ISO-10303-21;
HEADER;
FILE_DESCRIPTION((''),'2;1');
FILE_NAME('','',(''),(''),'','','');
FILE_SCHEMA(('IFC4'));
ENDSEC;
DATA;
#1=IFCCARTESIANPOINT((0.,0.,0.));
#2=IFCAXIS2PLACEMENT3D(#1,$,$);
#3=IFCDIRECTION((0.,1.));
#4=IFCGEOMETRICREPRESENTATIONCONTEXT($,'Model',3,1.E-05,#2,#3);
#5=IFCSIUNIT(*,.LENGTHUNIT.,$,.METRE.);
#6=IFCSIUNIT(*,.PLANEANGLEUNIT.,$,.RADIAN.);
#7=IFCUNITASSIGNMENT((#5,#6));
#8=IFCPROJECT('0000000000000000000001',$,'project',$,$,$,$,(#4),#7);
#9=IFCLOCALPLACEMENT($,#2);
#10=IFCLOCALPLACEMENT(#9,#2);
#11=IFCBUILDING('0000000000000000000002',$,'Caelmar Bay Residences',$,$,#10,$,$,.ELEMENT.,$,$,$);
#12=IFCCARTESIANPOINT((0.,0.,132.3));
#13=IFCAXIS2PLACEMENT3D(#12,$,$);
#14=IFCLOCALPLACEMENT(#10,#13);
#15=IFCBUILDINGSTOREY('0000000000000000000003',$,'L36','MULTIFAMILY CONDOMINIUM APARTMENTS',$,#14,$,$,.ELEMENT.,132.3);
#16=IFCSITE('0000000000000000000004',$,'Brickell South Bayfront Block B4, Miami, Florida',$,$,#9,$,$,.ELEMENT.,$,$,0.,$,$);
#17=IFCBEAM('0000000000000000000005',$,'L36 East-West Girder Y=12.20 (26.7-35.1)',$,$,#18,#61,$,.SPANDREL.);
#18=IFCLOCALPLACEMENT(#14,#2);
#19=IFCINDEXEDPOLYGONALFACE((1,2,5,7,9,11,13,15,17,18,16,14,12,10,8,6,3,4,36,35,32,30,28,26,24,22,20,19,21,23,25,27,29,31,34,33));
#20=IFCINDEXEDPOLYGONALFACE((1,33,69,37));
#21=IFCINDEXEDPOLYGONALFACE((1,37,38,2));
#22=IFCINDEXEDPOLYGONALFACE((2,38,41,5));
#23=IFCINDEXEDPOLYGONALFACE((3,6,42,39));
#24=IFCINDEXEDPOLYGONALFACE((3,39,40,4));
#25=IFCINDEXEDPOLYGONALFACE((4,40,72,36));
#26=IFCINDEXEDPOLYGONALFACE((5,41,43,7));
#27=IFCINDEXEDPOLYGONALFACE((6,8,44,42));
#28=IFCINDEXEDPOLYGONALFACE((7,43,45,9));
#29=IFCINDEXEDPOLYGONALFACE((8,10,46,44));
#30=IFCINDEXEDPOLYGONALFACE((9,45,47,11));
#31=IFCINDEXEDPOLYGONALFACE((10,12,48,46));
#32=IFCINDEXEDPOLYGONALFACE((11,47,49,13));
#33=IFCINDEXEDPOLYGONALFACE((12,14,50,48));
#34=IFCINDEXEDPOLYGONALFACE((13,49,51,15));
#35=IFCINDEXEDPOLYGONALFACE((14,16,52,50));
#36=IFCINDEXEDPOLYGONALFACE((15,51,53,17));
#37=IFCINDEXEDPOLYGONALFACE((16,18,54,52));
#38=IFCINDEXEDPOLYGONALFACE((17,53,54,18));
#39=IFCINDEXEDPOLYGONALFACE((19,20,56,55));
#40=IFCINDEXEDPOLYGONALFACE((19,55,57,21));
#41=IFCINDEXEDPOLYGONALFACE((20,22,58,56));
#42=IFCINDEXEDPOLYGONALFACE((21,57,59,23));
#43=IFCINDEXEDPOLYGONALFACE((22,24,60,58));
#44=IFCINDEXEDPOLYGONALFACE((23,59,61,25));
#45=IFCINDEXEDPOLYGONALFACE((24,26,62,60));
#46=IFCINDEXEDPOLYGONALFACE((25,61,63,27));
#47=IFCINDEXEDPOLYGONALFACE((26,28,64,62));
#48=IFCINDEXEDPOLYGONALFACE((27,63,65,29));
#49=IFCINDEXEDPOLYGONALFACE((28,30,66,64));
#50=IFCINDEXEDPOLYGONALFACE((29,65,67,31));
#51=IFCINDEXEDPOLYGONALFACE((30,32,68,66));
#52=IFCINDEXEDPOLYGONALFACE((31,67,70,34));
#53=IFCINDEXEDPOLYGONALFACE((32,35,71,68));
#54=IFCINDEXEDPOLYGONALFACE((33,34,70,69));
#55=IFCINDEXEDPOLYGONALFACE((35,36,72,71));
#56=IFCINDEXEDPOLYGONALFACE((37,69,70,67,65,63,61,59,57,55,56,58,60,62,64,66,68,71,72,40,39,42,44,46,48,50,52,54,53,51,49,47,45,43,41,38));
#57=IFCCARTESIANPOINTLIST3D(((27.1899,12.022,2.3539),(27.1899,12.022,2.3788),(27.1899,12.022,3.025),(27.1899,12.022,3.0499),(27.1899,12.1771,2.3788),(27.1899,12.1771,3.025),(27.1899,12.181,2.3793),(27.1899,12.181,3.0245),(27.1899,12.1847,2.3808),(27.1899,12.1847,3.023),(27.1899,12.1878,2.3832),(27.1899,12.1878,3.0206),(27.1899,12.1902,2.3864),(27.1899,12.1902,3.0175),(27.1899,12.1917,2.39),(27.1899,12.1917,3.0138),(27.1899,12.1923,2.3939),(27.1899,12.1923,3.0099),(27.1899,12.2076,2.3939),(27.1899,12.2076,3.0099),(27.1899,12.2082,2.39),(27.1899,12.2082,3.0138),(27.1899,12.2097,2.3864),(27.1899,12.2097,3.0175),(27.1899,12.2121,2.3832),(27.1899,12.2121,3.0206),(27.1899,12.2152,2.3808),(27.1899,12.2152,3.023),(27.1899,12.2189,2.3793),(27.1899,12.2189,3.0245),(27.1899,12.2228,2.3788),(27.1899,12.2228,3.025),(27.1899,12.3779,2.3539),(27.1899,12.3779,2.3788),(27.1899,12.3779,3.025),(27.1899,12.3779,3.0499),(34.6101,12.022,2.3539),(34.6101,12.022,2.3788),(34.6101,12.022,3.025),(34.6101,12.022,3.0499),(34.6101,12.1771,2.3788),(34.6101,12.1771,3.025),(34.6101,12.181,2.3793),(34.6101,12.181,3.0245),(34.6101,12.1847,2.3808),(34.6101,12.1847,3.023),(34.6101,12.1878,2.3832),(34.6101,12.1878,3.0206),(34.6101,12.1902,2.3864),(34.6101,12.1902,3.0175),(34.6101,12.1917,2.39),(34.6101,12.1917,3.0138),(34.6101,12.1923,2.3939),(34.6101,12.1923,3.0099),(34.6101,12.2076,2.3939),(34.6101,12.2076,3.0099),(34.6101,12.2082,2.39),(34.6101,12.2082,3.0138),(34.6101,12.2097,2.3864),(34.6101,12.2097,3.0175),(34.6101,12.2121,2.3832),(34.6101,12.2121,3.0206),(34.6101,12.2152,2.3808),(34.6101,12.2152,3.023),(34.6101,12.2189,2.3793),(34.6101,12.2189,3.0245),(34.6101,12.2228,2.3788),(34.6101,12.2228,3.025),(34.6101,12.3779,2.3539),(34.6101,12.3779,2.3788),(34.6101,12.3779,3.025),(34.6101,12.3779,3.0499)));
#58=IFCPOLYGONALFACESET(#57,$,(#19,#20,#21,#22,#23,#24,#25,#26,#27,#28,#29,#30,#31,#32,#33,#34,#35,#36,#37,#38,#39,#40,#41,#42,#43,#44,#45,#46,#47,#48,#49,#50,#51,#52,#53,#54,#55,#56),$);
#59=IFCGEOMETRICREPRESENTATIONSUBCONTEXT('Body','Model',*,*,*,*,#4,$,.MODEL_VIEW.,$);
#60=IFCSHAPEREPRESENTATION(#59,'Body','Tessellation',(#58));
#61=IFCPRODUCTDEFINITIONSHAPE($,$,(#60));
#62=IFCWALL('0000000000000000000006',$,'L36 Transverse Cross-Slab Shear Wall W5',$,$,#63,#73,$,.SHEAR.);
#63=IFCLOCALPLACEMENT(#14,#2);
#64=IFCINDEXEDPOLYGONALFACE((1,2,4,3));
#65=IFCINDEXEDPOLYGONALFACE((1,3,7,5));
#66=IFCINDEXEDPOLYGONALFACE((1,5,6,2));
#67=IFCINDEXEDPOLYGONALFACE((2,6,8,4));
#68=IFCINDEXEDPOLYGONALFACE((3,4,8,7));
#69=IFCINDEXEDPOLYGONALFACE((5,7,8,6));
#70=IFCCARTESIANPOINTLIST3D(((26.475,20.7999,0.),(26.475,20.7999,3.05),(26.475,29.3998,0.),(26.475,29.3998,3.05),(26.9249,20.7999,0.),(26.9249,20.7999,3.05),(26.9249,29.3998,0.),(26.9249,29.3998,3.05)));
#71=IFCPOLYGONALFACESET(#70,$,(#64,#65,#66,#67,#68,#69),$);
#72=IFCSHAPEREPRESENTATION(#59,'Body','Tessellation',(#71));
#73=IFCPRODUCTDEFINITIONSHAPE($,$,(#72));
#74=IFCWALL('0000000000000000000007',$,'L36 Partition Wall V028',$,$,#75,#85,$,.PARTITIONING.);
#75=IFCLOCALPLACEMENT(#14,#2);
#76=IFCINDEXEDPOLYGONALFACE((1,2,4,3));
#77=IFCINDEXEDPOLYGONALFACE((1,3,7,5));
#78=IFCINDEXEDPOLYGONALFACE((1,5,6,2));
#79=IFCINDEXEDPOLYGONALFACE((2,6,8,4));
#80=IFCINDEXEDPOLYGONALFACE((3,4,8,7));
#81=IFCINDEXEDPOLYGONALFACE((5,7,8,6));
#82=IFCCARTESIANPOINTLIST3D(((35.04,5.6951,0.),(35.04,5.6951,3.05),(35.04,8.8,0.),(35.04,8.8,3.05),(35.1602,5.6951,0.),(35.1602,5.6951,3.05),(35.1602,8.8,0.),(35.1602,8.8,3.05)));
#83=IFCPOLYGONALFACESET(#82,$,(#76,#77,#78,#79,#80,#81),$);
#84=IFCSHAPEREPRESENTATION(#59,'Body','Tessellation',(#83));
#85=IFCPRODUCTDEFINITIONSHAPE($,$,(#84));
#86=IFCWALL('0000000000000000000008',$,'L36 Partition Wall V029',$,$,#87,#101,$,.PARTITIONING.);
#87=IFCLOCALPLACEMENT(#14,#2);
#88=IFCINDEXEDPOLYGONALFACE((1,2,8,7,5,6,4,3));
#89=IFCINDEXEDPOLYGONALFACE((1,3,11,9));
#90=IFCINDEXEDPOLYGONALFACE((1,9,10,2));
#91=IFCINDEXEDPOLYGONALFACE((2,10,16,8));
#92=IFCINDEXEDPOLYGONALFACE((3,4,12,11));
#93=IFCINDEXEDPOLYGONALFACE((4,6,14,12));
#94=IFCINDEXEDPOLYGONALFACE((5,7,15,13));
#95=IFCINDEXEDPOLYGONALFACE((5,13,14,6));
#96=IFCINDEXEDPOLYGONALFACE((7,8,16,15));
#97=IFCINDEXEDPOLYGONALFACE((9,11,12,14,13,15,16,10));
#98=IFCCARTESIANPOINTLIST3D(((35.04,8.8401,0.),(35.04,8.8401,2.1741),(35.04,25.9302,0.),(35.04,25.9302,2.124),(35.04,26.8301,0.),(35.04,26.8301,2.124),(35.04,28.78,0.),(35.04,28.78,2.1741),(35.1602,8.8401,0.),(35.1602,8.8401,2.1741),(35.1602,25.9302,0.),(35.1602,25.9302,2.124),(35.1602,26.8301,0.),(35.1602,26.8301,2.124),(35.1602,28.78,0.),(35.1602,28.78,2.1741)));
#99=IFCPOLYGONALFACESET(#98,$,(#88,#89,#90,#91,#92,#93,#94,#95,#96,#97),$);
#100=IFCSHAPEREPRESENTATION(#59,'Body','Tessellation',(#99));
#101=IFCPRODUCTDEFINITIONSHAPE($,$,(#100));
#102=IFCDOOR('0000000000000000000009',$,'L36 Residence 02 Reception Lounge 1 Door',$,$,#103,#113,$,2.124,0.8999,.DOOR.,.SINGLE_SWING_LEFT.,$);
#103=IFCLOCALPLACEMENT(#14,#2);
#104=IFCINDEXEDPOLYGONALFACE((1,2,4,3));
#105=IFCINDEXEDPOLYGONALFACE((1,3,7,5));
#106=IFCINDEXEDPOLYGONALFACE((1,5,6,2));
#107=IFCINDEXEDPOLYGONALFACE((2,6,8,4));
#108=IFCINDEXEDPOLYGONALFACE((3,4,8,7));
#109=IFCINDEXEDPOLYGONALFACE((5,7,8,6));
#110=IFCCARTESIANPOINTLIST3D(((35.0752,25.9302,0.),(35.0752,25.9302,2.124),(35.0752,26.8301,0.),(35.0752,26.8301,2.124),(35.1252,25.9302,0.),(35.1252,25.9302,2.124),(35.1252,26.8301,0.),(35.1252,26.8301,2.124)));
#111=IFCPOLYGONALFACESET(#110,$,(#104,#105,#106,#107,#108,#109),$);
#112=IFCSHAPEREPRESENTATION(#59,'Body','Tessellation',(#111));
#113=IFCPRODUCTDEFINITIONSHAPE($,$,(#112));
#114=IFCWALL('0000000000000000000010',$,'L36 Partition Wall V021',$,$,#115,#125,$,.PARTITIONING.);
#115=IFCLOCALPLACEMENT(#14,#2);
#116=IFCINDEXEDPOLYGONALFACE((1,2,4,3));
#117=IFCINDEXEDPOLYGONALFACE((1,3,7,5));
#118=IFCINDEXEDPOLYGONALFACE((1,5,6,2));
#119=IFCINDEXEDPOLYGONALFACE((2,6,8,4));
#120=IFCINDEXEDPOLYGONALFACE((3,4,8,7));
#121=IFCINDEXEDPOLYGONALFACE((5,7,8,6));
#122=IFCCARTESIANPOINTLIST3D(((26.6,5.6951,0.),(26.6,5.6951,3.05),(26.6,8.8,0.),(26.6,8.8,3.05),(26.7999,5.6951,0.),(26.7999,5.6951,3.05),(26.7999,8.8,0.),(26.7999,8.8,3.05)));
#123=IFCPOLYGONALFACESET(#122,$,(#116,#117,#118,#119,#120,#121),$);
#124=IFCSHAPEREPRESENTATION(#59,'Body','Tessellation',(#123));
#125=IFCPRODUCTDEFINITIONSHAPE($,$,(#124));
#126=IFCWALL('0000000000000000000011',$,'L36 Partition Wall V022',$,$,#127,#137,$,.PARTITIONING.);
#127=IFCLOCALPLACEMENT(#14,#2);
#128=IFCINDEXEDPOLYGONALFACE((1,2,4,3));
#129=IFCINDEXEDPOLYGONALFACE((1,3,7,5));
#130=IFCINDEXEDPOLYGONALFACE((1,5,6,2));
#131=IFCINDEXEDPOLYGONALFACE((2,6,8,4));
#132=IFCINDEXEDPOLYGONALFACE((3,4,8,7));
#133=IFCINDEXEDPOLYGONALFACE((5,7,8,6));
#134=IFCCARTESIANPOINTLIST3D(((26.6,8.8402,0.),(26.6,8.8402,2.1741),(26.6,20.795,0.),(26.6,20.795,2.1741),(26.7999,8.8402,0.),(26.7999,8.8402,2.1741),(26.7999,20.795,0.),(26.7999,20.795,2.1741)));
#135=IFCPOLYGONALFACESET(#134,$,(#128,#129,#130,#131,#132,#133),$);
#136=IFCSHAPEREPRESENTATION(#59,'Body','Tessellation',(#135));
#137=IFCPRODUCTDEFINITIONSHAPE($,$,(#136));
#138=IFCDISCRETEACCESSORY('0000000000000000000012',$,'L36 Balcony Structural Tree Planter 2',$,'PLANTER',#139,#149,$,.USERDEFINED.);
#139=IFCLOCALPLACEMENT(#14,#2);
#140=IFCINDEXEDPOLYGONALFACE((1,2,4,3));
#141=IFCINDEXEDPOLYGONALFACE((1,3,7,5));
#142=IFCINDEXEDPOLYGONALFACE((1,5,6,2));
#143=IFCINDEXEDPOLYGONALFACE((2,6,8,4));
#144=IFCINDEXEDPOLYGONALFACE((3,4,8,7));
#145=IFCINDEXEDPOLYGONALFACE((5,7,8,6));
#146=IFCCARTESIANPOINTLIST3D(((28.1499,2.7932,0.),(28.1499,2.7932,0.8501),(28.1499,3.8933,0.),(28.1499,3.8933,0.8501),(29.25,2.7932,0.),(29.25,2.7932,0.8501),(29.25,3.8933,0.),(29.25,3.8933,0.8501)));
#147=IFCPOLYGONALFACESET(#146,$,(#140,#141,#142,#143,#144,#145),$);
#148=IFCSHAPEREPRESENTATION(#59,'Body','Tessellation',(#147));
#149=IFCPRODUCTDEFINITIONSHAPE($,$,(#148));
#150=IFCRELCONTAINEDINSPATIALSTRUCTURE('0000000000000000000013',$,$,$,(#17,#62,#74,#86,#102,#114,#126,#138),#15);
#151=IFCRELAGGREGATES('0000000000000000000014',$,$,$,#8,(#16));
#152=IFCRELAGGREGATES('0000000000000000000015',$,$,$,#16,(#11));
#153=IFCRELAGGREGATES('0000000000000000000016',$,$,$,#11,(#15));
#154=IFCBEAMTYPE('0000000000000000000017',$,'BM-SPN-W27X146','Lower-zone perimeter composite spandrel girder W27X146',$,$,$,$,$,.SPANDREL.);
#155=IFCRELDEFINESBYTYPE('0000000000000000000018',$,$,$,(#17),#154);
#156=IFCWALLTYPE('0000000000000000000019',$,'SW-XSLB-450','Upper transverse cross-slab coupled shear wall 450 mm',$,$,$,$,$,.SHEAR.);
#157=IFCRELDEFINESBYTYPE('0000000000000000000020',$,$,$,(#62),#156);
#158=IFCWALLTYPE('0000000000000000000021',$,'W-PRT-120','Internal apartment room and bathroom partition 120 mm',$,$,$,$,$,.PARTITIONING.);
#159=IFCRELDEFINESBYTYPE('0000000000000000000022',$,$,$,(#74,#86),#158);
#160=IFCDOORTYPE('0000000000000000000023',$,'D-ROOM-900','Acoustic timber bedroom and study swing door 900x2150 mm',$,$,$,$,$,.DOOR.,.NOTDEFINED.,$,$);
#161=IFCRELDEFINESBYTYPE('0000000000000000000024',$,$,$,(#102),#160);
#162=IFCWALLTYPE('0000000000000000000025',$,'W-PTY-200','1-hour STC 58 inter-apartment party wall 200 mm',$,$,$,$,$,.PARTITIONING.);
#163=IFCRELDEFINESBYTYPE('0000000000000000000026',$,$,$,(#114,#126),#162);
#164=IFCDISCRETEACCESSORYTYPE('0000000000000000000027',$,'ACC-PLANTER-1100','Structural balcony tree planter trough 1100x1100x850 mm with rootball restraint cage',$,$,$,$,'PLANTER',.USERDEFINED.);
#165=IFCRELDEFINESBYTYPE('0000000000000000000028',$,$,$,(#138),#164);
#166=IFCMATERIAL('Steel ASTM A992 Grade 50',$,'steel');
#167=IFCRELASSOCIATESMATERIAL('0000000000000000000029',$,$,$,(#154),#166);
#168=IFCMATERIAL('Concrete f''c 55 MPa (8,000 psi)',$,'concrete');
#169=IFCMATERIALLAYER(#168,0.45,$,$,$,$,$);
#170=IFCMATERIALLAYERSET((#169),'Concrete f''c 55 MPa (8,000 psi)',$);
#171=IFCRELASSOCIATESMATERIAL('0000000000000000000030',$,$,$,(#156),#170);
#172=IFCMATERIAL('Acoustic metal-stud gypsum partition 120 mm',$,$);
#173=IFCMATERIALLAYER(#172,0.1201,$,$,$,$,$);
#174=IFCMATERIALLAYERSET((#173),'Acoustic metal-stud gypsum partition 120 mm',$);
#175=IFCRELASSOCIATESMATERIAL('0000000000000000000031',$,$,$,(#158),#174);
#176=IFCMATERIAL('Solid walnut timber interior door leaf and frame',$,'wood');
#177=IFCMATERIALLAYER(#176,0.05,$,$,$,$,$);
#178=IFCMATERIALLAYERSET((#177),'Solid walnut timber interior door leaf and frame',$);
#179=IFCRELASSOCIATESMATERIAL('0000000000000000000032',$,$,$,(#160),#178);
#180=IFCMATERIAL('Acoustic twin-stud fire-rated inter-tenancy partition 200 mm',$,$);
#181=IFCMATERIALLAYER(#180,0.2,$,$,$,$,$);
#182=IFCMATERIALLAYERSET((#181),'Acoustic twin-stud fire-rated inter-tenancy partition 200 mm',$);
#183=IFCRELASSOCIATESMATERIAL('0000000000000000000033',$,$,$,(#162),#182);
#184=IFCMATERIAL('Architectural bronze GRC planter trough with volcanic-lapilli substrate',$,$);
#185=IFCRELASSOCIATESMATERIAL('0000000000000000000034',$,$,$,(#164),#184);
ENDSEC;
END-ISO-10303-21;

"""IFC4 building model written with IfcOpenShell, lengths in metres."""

from ifc_helpers import new_model, si_unit, direction, frame, frame_2d, origin, origin_2d, place, context, subcontext, project, spatial, rectangle, i_section, extrude, material, layer, layer_set, material_profile, profile_set, type_object, element, fill, save


model = new_model("IFC4")

# Units and contexts
model_context = context("Model", 3, precision=1e-05, world=origin(), true_north=direction((0.0, 1.0)))
body_context = subcontext(model_context, "Body", "Model", "MODEL_VIEW")
ifc_project = project(units=[si_unit("LENGTHUNIT", "METRE"), si_unit("PLANEANGLEUNIT", "RADIAN")], contexts=[model_context])

# Site, building, storey
site_placement = place(None, origin())
site = spatial("IfcSite", under=ifc_project, at=site_placement, Name="Brickell South Bayfront Block B4, Miami, Florida", CompositionType="ELEMENT", RefElevation=0.0)
building_placement = place(site_placement, origin())
building = spatial("IfcBuilding", under=site, at=building_placement, Name="Caelmar Bay Residences", CompositionType="ELEMENT")
storey_placement = place(building_placement, frame((0.0, 0.0, 132.3)))
storey = spatial("IfcBuildingStorey", under=building, at=storey_placement, Name="L36", Description="MULTIFAMILY CONDOMINIUM APARTMENTS", CompositionType="ELEMENT", Elevation=132.3)

# Beam
ifc_material_1 = material(Name="Steel ASTM A992 Grade 50", Category="steel")
ifc_material_profile_1 = material_profile(ifc_material_1, i_section(OverallWidth=0.356, OverallDepth=0.696, WebThickness=0.0154, FlangeThickness=0.0249, FilletRadius=0.0151, at=origin_2d()), Name="W27X146")
ifc_profile_set_1 = profile_set([ifc_material_profile_1], Name="Steel ASTM A992 Grade 50")
beam_type_1 = type_object("IfcBeamType", Name="BM-SPN-W27X146", Description="Lower-zone perimeter composite spandrel girder W27X146", PredefinedType="SPANDREL", material=ifc_profile_set_1)
beam_1_placement = place(storey_placement, frame((27.1899, 12.2, 2.7019), z_axis=(1.0, 0.0, 0.0), x_axis=(0.0, 1.0, 0.0)))
element("IfcBeam", 1, at=beam_1_placement, inside=storey, type_object=beam_type_1, Name="L36 East-West Girder Y=12.20 (26.7-35.1)", PredefinedType="SPANDREL", context=body_context, shape_type="SweptSolid", body=[
    extrude(i_section(OverallWidth=0.356, OverallDepth=0.696, WebThickness=0.0154, FlangeThickness=0.0249, FilletRadius=0.0151, at=origin_2d()), origin(), (0.0, 0.0, 1.0), 7.4202),
])

# Walls
ifc_material_2 = material(Name="Concrete f'c 55 MPa (8,000 psi)", Category="concrete")
ifc_layer_1 = layer(ifc_material_2, 0.45)
ifc_layer_set_1 = layer_set([ifc_layer_1], Name="Concrete f'c 55 MPa (8,000 psi)")
wall_type_1 = type_object("IfcWallType", Name="SW-XSLB-450", Description="Upper transverse cross-slab coupled shear wall 450 mm", PredefinedType="SHEAR", material=ifc_layer_set_1)
wall_1_placement = place(storey_placement, frame((26.7, 20.8, 0.0), z_axis=(0.0, 0.0, 1.0), x_axis=(0.0, 1.0, 0.0)))
element("IfcWall", 2, at=wall_1_placement, inside=storey, type_object=wall_type_1, Name="L36 Transverse Cross-Slab Shear Wall W5", PredefinedType="SHEAR", context=body_context, shape_type="SweptSolid", body=[
    extrude(rectangle(XDim=8.5999, YDim=0.45, at=frame_2d((4.2998, 0.0))), origin(), (0.0, 0.0, 1.0), 3.05),
])
ifc_material_3 = material(Name="Acoustic metal-stud gypsum partition 120 mm")
ifc_layer_2 = layer(ifc_material_3, 0.1201)
ifc_layer_set_2 = layer_set([ifc_layer_2], Name="Acoustic metal-stud gypsum partition 120 mm")
wall_type_2 = type_object("IfcWallType", Name="W-PRT-120", Description="Internal apartment room and bathroom partition 120 mm", PredefinedType="PARTITIONING", material=ifc_layer_set_2)
wall_2_placement = place(storey_placement, frame((35.1001, 5.6951, 0.0), z_axis=(0.0, 0.0, 1.0), x_axis=(0.0, 1.0, 0.0)))
element("IfcWall", 3, at=wall_2_placement, inside=storey, type_object=wall_type_2, Name="L36 Partition Wall V028", PredefinedType="PARTITIONING", context=body_context, shape_type="SweptSolid", body=[
    extrude(rectangle(XDim=3.105, YDim=0.1201, at=frame_2d((1.5525, 0.0))), origin(), (0.0, 0.0, 1.0), 3.05),
])

# Wall, opening, door
wall_3_placement = place(storey_placement, frame((35.1001, 8.8401, 0.0), z_axis=(0.0, 0.0, 1.0), x_axis=(0.0, 1.0, 0.0)))
wall_3 = element("IfcWall", 4, at=wall_3_placement, inside=storey, type_object=wall_type_2, Name="L36 Partition Wall V029", PredefinedType="PARTITIONING", context=body_context, shape_type="SweptSolid", body=[
    extrude(rectangle(XDim=19.9399, YDim=0.1201, at=frame_2d((9.97, 0.0))), origin(), (0.0, 0.0, 1.0), 2.1741),
])
opening_placement = place(wall_3_placement, frame((17.0901, 0.0, 0.0)))
opening = element("IfcOpeningElement", 5, at=opening_placement, cuts=wall_3, PredefinedType="OPENING", context=body_context, shape_type="SweptSolid", body=[
    extrude(rectangle(XDim=0.8999, YDim=2.124, at=frame_2d((0.45, 1.062))), frame((0.0, 0.0701, 0.0), z_axis=(0.0, -1.0, 0.0), x_axis=(1.0, 0.0, 0.0)), (0.0, 0.0, 1.0), 0.1401),
])
ifc_material_4 = material(Name="Solid walnut timber interior door leaf and frame", Category="wood")
ifc_layer_3 = layer(ifc_material_4, 0.05)
ifc_layer_set_3 = layer_set([ifc_layer_3], Name="Solid walnut timber interior door leaf and frame")
door_type = type_object("IfcDoorType", Name="D-ROOM-900", Description="Acoustic timber bedroom and study swing door 900x2150 mm", OperationType="NOTDEFINED", PredefinedType="DOOR", material=ifc_layer_set_3)
door_placement = place(opening_placement, origin())
door = element("IfcDoor", 6, at=door_placement, inside=storey, type_object=door_type, Name="L36 Residence 02 Reception Lounge 1 Door", OperationType="SINGLE_SWING_LEFT", OverallHeight=2.124, OverallWidth=0.8999, PredefinedType="DOOR", context=body_context, shape_type="SweptSolid", body=[
    extrude(rectangle(XDim=0.8999, YDim=2.124, at=frame_2d((0.45, 1.062))), frame((0.0, 0.0249, 0.0), z_axis=(0.0, -1.0, 0.0), x_axis=(1.0, 0.0, 0.0)), (0.0, 0.0, 1.0), 0.05),
])
fill(opening, door)

# Walls
ifc_material_5 = material(Name="Acoustic twin-stud fire-rated inter-tenancy partition 200 mm")
ifc_layer_4 = layer(ifc_material_5, 0.2)
ifc_layer_set_4 = layer_set([ifc_layer_4], Name="Acoustic twin-stud fire-rated inter-tenancy partition 200 mm")
wall_type_3 = type_object("IfcWallType", Name="W-PTY-200", Description="1-hour STC 58 inter-apartment party wall 200 mm", PredefinedType="PARTITIONING", material=ifc_layer_set_4)
wall_4_placement = place(storey_placement, frame((26.7, 5.6951, 0.0), z_axis=(0.0, 0.0, 1.0), x_axis=(0.0, 1.0, 0.0)))
element("IfcWall", 7, at=wall_4_placement, inside=storey, type_object=wall_type_3, Name="L36 Partition Wall V021", PredefinedType="PARTITIONING", context=body_context, shape_type="SweptSolid", body=[
    extrude(rectangle(XDim=3.105, YDim=0.2, at=frame_2d((1.5525, 0.0))), origin(), (0.0, 0.0, 1.0), 3.05),
])
wall_5_placement = place(storey_placement, frame((26.7, 8.8401, 0.0), z_axis=(0.0, 0.0, 1.0), x_axis=(0.0, 1.0, 0.0)))
element("IfcWall", 8, at=wall_5_placement, inside=storey, type_object=wall_type_3, Name="L36 Partition Wall V022", PredefinedType="PARTITIONING", context=body_context, shape_type="SweptSolid", body=[
    extrude(rectangle(XDim=11.9548, YDim=0.2, at=frame_2d((5.9775, 0.0))), origin(), (0.0, 0.0, 1.0), 2.1741),
])

# Discrete accessory
ifc_material_6 = material(Name="Architectural bronze GRC planter trough with volcanic-lapilli substrate")
discrete_accessory_type = type_object("IfcDiscreteAccessoryType", Name="ACC-PLANTER-1100", Description="Structural balcony tree planter trough 1100x1100x850 mm with rootball restraint cage", ElementType="PLANTER", PredefinedType="USERDEFINED", material=ifc_material_6)
discrete_accessory_placement = place(storey_placement, frame((28.7, 3.3433, 0.0), z_axis=(0.0, 0.0, 1.0), x_axis=(1.0, 0.0, 0.0)))
element("IfcDiscreteAccessory", 9, at=discrete_accessory_placement, inside=storey, type_object=discrete_accessory_type, Name="L36 Balcony Structural Tree Planter 2", ObjectType="PLANTER", PredefinedType="USERDEFINED", context=body_context, shape_type="SweptSolid", body=[
    extrude(rectangle(XDim=1.1001, YDim=1.1001, at=origin_2d()), origin(), (0.0, 0.0, 1.0), 0.8501),
])

save(model, "model.ifc")
